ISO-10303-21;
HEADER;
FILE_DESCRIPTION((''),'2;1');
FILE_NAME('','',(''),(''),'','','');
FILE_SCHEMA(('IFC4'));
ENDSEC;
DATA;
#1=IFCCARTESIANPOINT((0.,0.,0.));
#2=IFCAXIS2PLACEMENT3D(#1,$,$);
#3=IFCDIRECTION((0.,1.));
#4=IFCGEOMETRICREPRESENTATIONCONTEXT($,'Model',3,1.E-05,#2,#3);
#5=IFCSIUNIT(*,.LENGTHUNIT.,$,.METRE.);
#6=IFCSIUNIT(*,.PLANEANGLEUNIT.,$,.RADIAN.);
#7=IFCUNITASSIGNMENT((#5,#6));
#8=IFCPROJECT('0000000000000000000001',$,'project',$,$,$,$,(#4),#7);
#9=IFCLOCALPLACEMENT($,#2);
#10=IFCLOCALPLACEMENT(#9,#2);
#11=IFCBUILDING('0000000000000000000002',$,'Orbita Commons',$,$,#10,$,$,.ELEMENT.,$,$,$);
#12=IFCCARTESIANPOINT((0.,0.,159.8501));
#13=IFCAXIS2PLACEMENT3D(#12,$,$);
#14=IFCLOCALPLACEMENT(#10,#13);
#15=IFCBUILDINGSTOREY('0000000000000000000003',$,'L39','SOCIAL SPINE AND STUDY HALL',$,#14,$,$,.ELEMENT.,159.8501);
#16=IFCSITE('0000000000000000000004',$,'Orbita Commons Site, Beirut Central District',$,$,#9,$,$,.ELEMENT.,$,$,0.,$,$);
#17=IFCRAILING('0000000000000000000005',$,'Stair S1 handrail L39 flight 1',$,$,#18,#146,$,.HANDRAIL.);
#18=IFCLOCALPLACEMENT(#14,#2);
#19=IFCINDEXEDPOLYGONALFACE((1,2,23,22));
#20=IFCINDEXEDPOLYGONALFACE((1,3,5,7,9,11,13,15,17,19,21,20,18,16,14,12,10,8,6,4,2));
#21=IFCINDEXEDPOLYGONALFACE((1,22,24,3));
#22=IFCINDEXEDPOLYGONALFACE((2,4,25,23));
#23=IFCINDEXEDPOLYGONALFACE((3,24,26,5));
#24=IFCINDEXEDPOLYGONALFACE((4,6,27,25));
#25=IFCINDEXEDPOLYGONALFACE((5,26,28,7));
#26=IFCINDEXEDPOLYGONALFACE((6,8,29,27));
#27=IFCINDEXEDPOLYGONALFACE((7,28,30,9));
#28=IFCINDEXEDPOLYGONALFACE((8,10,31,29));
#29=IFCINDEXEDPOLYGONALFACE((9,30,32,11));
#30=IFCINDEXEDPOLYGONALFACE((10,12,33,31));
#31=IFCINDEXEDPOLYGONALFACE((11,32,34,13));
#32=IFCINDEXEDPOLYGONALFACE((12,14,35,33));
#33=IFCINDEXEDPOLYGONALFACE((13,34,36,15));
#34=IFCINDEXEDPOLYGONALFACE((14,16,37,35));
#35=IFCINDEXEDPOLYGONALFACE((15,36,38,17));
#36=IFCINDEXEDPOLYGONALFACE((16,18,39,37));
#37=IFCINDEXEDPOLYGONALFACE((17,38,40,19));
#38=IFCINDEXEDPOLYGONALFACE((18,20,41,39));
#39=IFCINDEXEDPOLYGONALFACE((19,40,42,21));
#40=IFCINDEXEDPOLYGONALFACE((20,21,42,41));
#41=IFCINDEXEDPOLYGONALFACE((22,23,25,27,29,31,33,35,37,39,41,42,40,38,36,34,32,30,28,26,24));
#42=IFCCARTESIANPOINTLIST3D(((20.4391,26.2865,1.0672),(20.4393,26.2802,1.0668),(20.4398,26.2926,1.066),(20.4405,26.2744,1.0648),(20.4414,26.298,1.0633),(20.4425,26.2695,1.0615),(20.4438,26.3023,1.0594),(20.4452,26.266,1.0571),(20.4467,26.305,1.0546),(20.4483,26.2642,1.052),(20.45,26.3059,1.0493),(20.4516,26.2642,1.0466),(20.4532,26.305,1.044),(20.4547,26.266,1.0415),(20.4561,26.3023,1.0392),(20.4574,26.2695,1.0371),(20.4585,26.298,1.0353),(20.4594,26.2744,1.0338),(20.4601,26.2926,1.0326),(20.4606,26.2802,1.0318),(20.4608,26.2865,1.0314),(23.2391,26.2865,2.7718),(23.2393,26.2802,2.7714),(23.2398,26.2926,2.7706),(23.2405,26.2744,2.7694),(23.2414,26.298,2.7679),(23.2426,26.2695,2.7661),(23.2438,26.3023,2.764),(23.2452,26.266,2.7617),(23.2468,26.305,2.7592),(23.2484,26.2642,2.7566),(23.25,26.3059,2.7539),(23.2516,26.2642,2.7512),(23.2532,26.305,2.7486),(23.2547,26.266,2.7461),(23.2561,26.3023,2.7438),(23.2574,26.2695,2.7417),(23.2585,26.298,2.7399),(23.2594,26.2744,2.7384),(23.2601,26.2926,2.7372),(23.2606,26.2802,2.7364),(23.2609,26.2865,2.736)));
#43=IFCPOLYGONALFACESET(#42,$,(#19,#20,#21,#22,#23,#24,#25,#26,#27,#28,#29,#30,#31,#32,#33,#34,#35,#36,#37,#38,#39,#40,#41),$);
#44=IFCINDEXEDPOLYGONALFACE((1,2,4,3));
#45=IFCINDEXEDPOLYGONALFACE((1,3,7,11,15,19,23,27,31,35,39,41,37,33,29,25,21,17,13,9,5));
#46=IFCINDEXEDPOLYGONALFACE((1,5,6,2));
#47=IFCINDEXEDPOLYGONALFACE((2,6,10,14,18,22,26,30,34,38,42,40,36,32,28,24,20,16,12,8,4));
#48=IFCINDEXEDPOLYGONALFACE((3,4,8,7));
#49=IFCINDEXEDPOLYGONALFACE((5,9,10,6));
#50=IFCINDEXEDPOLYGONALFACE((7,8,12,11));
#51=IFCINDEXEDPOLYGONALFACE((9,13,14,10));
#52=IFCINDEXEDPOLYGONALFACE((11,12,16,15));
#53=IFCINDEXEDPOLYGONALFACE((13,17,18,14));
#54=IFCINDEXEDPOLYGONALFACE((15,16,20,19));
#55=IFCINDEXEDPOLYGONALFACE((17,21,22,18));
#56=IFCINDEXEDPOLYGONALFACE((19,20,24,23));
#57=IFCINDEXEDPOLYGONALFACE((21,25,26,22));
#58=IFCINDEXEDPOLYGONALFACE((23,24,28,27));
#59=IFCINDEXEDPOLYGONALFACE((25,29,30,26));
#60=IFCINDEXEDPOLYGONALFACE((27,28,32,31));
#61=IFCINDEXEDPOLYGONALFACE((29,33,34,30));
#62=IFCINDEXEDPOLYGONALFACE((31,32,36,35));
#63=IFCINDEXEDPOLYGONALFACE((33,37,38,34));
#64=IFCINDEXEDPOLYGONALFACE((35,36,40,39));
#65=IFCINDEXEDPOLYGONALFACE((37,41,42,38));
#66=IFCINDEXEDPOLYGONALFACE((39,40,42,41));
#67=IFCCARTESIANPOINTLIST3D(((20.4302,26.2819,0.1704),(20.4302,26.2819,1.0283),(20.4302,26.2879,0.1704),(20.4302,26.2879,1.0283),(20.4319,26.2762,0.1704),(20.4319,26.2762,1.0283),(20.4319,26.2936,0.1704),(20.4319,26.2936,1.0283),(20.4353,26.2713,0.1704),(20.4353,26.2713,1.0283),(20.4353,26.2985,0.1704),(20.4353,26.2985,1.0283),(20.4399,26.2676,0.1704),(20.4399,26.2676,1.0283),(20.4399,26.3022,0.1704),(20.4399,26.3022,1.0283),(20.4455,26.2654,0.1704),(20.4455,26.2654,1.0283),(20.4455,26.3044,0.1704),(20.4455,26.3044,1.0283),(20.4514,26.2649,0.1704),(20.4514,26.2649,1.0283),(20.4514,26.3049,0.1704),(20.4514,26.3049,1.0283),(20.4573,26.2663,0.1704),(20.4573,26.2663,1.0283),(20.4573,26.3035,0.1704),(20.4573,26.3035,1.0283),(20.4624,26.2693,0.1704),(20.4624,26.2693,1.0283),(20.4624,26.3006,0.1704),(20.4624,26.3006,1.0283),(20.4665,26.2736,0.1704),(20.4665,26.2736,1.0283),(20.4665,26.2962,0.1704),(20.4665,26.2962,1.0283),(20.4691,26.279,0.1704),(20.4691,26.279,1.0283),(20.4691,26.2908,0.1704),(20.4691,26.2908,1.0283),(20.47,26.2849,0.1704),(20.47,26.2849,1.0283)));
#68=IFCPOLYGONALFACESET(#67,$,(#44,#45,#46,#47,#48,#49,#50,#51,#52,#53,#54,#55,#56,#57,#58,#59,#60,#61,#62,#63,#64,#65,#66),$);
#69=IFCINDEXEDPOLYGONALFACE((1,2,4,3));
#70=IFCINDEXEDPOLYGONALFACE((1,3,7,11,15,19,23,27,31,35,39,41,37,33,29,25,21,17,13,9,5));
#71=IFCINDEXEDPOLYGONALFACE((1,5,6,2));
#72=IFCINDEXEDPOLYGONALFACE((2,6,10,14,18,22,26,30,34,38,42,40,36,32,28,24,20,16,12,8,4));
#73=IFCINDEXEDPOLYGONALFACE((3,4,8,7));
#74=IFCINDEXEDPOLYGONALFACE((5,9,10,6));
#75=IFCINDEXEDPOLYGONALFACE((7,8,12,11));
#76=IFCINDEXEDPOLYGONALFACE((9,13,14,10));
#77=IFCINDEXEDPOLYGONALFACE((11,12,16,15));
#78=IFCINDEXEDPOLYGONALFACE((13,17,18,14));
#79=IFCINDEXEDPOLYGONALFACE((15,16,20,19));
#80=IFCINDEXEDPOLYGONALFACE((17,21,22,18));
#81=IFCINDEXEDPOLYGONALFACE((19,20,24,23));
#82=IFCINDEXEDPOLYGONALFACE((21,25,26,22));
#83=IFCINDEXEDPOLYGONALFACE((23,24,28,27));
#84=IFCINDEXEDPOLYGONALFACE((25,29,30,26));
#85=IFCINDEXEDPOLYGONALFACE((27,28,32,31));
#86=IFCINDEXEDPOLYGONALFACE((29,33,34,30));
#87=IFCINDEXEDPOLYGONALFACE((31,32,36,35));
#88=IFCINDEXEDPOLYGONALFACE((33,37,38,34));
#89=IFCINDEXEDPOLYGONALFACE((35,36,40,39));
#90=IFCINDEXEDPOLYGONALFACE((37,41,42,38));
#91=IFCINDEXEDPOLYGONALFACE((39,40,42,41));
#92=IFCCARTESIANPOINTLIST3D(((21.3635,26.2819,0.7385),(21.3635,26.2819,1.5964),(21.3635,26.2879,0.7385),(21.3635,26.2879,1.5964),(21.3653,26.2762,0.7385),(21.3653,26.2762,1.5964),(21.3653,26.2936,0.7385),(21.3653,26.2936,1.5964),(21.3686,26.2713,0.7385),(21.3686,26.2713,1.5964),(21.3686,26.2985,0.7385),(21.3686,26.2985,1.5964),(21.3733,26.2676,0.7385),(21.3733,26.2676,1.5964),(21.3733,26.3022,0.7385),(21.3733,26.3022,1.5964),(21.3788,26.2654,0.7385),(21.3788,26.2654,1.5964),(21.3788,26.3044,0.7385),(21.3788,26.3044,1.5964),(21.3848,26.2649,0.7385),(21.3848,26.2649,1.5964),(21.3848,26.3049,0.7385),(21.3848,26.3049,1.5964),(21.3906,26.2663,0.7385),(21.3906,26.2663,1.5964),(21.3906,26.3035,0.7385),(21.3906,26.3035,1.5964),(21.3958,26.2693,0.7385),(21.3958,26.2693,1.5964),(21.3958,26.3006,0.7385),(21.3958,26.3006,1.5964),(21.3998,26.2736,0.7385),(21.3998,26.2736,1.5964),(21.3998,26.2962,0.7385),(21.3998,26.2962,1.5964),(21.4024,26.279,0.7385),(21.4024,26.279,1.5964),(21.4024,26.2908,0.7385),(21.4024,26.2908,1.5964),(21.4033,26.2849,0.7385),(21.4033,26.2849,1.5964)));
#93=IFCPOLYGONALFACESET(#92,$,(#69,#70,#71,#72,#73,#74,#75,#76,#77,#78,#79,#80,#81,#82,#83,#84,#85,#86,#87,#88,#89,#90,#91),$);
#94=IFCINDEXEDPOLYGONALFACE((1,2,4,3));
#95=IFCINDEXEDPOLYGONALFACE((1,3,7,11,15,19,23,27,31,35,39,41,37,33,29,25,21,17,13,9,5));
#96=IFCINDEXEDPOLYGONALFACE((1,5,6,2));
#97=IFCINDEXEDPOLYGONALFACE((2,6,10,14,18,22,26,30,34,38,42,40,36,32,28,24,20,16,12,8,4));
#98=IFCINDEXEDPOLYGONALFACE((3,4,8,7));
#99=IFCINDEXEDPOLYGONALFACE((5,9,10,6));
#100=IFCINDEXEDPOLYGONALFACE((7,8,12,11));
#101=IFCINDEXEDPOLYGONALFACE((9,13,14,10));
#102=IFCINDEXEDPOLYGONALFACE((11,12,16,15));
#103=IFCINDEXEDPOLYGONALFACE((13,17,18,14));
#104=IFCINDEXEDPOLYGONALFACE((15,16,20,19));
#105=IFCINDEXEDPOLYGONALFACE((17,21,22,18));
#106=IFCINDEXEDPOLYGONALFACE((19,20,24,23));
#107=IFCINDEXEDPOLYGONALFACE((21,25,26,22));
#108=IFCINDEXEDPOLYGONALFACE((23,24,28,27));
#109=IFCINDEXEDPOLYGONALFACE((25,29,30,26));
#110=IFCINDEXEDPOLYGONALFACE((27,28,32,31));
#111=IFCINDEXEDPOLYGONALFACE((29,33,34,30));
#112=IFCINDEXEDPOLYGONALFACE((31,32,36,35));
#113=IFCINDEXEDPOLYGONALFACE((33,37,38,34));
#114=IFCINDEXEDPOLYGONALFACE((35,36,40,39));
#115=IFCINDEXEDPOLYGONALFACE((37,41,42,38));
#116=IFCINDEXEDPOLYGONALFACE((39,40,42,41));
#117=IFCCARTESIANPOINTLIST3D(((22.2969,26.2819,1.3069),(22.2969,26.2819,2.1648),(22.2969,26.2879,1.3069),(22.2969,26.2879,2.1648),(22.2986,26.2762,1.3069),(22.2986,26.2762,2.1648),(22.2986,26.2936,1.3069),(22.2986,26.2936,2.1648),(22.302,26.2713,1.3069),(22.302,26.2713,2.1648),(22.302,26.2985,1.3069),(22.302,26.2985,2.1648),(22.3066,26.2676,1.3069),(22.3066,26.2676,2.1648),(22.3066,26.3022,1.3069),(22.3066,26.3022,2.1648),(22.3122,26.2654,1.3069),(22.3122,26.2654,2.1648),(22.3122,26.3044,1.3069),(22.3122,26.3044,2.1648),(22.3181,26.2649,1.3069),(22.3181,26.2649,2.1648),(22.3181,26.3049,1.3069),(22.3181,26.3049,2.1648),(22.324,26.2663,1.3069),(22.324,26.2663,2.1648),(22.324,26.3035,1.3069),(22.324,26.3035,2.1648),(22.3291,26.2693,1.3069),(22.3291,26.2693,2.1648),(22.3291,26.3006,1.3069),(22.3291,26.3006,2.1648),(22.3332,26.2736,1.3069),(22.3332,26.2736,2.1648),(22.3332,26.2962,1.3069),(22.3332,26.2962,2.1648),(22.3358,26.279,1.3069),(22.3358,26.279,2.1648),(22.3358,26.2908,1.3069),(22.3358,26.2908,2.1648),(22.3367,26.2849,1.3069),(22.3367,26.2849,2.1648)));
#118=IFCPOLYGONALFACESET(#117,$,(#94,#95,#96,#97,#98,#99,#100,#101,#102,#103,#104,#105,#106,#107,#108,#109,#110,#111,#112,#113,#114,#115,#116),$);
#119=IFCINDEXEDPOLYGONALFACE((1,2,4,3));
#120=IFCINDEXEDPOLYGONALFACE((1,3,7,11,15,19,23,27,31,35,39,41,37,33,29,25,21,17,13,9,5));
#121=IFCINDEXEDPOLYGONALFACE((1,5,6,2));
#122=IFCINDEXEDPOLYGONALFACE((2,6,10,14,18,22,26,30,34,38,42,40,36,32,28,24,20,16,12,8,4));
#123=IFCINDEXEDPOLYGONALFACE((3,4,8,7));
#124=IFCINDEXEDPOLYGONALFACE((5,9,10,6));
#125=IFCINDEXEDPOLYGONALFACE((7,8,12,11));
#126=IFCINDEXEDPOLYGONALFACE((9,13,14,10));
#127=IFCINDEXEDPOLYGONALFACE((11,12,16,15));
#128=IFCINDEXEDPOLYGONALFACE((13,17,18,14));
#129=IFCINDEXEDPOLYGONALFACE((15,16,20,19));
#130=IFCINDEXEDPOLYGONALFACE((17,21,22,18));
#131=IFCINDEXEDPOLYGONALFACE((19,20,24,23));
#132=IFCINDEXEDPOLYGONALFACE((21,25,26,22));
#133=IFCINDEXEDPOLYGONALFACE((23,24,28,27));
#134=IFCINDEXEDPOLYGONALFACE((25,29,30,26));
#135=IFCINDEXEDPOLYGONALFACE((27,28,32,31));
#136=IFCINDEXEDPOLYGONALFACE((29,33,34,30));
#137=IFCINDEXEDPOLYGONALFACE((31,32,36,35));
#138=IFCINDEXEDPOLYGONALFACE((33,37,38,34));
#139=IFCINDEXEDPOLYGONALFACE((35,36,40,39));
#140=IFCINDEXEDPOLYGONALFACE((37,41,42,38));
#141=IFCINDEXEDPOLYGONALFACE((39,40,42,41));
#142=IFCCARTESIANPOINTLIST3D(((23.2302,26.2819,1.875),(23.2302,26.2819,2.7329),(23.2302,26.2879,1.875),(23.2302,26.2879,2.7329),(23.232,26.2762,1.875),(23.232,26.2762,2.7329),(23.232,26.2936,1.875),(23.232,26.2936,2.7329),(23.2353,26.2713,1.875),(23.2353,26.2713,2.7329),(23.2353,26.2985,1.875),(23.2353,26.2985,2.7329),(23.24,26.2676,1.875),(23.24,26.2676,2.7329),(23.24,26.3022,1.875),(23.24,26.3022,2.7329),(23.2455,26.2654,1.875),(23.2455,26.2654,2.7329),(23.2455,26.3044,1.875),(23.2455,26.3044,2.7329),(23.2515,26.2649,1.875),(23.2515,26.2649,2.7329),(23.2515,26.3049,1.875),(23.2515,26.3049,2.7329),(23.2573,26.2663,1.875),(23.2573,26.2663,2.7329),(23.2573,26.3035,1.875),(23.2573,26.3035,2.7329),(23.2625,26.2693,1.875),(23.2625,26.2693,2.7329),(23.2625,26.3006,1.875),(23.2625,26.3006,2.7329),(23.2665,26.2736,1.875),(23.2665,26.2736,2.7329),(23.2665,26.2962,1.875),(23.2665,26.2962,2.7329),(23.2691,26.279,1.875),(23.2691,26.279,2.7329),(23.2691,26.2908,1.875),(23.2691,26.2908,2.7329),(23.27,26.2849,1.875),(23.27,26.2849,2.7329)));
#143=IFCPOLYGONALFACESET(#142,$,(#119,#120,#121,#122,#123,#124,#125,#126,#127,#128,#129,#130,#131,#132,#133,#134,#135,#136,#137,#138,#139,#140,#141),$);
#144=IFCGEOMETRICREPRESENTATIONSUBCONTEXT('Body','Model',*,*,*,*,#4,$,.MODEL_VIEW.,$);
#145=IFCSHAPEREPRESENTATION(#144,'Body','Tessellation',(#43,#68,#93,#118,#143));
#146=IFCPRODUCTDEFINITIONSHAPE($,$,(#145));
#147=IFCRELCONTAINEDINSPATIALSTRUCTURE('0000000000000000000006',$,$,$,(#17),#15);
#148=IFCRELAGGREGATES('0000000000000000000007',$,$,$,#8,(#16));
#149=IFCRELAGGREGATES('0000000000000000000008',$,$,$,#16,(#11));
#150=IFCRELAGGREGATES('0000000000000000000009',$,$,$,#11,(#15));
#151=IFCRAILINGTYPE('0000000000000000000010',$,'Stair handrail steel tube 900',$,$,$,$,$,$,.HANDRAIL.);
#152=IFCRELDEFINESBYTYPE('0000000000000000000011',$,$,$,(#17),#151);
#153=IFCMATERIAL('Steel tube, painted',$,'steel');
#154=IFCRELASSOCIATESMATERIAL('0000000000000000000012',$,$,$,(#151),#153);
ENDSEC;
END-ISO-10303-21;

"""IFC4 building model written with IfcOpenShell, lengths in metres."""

from ifc_helpers import new_model, si_unit, direction, frame, origin, origin_2d, place, context, subcontext, project, spatial, circle, extrude, material, type_object, element, save


model = new_model("IFC4")

# Units and contexts
model_context = context("Model", 3, precision=1e-05, world=origin(), true_north=direction((0.0, 1.0)))
body_context = subcontext(model_context, "Body", "Model", "MODEL_VIEW")
ifc_project = project(units=[si_unit("LENGTHUNIT", "METRE"), si_unit("PLANEANGLEUNIT", "RADIAN")], contexts=[model_context])

# Site, building, storey
site_placement = place(None, origin())
site = spatial("IfcSite", under=ifc_project, at=site_placement, Name="Orbita Commons Site, Beirut Central District", CompositionType="ELEMENT", RefElevation=0.0)
building_placement = place(site_placement, origin())
building = spatial("IfcBuilding", under=site, at=building_placement, Name="Orbita Commons", CompositionType="ELEMENT")
storey_placement = place(building_placement, frame((0.0, 0.0, 159.8501)))
storey = spatial("IfcBuildingStorey", under=building, at=storey_placement, Name="L39", Description="SOCIAL SPINE AND STUDY HALL", CompositionType="ELEMENT", Elevation=159.8501)

# Railing
ifc_material_1 = material(Name="Steel tube, painted", Category="steel")
railing_type = type_object("IfcRailingType", Name="Stair handrail steel tube 900", PredefinedType="HANDRAIL", material=ifc_material_1)
for number, where, name in (
    (1, (20.45, 26.2849, 0.1704), "Stair S1 handrail L39 flight 1"),
):
    element("IfcRailing", number, at=place(storey_placement, frame(where)), inside=storey, type_object=railing_type, Name=name, PredefinedType="HANDRAIL", context=body_context, shape_type="SweptSolid", body=[
        extrude(circle(Radius=0.021, at=origin_2d()), frame((0.0, 0.0, 0.8789), z_axis=(0.85417, 0.0, 0.519994), x_axis=(0.0, 1.0, 0.0)), (0.0, 0.0, 1.0), 3.2781),
        extrude(circle(Radius=0.02, at=origin_2d()), origin(), (0.0, 0.0, 1.0), 0.8579),
        extrude(circle(Radius=0.02, at=origin_2d()), frame((0.9333, 0.0, 0.5681)), (0.0, 0.0, 1.0), 0.8579),
        extrude(circle(Radius=0.02, at=origin_2d()), frame((1.8667, 0.0, 1.1365)), (0.0, 0.0, 1.0), 0.8579),
        extrude(circle(Radius=0.02, at=origin_2d()), frame((2.8, 0.0, 1.7046)), (0.0, 0.0, 1.0), 0.8579),
    ])

save(model, "model.ifc")
